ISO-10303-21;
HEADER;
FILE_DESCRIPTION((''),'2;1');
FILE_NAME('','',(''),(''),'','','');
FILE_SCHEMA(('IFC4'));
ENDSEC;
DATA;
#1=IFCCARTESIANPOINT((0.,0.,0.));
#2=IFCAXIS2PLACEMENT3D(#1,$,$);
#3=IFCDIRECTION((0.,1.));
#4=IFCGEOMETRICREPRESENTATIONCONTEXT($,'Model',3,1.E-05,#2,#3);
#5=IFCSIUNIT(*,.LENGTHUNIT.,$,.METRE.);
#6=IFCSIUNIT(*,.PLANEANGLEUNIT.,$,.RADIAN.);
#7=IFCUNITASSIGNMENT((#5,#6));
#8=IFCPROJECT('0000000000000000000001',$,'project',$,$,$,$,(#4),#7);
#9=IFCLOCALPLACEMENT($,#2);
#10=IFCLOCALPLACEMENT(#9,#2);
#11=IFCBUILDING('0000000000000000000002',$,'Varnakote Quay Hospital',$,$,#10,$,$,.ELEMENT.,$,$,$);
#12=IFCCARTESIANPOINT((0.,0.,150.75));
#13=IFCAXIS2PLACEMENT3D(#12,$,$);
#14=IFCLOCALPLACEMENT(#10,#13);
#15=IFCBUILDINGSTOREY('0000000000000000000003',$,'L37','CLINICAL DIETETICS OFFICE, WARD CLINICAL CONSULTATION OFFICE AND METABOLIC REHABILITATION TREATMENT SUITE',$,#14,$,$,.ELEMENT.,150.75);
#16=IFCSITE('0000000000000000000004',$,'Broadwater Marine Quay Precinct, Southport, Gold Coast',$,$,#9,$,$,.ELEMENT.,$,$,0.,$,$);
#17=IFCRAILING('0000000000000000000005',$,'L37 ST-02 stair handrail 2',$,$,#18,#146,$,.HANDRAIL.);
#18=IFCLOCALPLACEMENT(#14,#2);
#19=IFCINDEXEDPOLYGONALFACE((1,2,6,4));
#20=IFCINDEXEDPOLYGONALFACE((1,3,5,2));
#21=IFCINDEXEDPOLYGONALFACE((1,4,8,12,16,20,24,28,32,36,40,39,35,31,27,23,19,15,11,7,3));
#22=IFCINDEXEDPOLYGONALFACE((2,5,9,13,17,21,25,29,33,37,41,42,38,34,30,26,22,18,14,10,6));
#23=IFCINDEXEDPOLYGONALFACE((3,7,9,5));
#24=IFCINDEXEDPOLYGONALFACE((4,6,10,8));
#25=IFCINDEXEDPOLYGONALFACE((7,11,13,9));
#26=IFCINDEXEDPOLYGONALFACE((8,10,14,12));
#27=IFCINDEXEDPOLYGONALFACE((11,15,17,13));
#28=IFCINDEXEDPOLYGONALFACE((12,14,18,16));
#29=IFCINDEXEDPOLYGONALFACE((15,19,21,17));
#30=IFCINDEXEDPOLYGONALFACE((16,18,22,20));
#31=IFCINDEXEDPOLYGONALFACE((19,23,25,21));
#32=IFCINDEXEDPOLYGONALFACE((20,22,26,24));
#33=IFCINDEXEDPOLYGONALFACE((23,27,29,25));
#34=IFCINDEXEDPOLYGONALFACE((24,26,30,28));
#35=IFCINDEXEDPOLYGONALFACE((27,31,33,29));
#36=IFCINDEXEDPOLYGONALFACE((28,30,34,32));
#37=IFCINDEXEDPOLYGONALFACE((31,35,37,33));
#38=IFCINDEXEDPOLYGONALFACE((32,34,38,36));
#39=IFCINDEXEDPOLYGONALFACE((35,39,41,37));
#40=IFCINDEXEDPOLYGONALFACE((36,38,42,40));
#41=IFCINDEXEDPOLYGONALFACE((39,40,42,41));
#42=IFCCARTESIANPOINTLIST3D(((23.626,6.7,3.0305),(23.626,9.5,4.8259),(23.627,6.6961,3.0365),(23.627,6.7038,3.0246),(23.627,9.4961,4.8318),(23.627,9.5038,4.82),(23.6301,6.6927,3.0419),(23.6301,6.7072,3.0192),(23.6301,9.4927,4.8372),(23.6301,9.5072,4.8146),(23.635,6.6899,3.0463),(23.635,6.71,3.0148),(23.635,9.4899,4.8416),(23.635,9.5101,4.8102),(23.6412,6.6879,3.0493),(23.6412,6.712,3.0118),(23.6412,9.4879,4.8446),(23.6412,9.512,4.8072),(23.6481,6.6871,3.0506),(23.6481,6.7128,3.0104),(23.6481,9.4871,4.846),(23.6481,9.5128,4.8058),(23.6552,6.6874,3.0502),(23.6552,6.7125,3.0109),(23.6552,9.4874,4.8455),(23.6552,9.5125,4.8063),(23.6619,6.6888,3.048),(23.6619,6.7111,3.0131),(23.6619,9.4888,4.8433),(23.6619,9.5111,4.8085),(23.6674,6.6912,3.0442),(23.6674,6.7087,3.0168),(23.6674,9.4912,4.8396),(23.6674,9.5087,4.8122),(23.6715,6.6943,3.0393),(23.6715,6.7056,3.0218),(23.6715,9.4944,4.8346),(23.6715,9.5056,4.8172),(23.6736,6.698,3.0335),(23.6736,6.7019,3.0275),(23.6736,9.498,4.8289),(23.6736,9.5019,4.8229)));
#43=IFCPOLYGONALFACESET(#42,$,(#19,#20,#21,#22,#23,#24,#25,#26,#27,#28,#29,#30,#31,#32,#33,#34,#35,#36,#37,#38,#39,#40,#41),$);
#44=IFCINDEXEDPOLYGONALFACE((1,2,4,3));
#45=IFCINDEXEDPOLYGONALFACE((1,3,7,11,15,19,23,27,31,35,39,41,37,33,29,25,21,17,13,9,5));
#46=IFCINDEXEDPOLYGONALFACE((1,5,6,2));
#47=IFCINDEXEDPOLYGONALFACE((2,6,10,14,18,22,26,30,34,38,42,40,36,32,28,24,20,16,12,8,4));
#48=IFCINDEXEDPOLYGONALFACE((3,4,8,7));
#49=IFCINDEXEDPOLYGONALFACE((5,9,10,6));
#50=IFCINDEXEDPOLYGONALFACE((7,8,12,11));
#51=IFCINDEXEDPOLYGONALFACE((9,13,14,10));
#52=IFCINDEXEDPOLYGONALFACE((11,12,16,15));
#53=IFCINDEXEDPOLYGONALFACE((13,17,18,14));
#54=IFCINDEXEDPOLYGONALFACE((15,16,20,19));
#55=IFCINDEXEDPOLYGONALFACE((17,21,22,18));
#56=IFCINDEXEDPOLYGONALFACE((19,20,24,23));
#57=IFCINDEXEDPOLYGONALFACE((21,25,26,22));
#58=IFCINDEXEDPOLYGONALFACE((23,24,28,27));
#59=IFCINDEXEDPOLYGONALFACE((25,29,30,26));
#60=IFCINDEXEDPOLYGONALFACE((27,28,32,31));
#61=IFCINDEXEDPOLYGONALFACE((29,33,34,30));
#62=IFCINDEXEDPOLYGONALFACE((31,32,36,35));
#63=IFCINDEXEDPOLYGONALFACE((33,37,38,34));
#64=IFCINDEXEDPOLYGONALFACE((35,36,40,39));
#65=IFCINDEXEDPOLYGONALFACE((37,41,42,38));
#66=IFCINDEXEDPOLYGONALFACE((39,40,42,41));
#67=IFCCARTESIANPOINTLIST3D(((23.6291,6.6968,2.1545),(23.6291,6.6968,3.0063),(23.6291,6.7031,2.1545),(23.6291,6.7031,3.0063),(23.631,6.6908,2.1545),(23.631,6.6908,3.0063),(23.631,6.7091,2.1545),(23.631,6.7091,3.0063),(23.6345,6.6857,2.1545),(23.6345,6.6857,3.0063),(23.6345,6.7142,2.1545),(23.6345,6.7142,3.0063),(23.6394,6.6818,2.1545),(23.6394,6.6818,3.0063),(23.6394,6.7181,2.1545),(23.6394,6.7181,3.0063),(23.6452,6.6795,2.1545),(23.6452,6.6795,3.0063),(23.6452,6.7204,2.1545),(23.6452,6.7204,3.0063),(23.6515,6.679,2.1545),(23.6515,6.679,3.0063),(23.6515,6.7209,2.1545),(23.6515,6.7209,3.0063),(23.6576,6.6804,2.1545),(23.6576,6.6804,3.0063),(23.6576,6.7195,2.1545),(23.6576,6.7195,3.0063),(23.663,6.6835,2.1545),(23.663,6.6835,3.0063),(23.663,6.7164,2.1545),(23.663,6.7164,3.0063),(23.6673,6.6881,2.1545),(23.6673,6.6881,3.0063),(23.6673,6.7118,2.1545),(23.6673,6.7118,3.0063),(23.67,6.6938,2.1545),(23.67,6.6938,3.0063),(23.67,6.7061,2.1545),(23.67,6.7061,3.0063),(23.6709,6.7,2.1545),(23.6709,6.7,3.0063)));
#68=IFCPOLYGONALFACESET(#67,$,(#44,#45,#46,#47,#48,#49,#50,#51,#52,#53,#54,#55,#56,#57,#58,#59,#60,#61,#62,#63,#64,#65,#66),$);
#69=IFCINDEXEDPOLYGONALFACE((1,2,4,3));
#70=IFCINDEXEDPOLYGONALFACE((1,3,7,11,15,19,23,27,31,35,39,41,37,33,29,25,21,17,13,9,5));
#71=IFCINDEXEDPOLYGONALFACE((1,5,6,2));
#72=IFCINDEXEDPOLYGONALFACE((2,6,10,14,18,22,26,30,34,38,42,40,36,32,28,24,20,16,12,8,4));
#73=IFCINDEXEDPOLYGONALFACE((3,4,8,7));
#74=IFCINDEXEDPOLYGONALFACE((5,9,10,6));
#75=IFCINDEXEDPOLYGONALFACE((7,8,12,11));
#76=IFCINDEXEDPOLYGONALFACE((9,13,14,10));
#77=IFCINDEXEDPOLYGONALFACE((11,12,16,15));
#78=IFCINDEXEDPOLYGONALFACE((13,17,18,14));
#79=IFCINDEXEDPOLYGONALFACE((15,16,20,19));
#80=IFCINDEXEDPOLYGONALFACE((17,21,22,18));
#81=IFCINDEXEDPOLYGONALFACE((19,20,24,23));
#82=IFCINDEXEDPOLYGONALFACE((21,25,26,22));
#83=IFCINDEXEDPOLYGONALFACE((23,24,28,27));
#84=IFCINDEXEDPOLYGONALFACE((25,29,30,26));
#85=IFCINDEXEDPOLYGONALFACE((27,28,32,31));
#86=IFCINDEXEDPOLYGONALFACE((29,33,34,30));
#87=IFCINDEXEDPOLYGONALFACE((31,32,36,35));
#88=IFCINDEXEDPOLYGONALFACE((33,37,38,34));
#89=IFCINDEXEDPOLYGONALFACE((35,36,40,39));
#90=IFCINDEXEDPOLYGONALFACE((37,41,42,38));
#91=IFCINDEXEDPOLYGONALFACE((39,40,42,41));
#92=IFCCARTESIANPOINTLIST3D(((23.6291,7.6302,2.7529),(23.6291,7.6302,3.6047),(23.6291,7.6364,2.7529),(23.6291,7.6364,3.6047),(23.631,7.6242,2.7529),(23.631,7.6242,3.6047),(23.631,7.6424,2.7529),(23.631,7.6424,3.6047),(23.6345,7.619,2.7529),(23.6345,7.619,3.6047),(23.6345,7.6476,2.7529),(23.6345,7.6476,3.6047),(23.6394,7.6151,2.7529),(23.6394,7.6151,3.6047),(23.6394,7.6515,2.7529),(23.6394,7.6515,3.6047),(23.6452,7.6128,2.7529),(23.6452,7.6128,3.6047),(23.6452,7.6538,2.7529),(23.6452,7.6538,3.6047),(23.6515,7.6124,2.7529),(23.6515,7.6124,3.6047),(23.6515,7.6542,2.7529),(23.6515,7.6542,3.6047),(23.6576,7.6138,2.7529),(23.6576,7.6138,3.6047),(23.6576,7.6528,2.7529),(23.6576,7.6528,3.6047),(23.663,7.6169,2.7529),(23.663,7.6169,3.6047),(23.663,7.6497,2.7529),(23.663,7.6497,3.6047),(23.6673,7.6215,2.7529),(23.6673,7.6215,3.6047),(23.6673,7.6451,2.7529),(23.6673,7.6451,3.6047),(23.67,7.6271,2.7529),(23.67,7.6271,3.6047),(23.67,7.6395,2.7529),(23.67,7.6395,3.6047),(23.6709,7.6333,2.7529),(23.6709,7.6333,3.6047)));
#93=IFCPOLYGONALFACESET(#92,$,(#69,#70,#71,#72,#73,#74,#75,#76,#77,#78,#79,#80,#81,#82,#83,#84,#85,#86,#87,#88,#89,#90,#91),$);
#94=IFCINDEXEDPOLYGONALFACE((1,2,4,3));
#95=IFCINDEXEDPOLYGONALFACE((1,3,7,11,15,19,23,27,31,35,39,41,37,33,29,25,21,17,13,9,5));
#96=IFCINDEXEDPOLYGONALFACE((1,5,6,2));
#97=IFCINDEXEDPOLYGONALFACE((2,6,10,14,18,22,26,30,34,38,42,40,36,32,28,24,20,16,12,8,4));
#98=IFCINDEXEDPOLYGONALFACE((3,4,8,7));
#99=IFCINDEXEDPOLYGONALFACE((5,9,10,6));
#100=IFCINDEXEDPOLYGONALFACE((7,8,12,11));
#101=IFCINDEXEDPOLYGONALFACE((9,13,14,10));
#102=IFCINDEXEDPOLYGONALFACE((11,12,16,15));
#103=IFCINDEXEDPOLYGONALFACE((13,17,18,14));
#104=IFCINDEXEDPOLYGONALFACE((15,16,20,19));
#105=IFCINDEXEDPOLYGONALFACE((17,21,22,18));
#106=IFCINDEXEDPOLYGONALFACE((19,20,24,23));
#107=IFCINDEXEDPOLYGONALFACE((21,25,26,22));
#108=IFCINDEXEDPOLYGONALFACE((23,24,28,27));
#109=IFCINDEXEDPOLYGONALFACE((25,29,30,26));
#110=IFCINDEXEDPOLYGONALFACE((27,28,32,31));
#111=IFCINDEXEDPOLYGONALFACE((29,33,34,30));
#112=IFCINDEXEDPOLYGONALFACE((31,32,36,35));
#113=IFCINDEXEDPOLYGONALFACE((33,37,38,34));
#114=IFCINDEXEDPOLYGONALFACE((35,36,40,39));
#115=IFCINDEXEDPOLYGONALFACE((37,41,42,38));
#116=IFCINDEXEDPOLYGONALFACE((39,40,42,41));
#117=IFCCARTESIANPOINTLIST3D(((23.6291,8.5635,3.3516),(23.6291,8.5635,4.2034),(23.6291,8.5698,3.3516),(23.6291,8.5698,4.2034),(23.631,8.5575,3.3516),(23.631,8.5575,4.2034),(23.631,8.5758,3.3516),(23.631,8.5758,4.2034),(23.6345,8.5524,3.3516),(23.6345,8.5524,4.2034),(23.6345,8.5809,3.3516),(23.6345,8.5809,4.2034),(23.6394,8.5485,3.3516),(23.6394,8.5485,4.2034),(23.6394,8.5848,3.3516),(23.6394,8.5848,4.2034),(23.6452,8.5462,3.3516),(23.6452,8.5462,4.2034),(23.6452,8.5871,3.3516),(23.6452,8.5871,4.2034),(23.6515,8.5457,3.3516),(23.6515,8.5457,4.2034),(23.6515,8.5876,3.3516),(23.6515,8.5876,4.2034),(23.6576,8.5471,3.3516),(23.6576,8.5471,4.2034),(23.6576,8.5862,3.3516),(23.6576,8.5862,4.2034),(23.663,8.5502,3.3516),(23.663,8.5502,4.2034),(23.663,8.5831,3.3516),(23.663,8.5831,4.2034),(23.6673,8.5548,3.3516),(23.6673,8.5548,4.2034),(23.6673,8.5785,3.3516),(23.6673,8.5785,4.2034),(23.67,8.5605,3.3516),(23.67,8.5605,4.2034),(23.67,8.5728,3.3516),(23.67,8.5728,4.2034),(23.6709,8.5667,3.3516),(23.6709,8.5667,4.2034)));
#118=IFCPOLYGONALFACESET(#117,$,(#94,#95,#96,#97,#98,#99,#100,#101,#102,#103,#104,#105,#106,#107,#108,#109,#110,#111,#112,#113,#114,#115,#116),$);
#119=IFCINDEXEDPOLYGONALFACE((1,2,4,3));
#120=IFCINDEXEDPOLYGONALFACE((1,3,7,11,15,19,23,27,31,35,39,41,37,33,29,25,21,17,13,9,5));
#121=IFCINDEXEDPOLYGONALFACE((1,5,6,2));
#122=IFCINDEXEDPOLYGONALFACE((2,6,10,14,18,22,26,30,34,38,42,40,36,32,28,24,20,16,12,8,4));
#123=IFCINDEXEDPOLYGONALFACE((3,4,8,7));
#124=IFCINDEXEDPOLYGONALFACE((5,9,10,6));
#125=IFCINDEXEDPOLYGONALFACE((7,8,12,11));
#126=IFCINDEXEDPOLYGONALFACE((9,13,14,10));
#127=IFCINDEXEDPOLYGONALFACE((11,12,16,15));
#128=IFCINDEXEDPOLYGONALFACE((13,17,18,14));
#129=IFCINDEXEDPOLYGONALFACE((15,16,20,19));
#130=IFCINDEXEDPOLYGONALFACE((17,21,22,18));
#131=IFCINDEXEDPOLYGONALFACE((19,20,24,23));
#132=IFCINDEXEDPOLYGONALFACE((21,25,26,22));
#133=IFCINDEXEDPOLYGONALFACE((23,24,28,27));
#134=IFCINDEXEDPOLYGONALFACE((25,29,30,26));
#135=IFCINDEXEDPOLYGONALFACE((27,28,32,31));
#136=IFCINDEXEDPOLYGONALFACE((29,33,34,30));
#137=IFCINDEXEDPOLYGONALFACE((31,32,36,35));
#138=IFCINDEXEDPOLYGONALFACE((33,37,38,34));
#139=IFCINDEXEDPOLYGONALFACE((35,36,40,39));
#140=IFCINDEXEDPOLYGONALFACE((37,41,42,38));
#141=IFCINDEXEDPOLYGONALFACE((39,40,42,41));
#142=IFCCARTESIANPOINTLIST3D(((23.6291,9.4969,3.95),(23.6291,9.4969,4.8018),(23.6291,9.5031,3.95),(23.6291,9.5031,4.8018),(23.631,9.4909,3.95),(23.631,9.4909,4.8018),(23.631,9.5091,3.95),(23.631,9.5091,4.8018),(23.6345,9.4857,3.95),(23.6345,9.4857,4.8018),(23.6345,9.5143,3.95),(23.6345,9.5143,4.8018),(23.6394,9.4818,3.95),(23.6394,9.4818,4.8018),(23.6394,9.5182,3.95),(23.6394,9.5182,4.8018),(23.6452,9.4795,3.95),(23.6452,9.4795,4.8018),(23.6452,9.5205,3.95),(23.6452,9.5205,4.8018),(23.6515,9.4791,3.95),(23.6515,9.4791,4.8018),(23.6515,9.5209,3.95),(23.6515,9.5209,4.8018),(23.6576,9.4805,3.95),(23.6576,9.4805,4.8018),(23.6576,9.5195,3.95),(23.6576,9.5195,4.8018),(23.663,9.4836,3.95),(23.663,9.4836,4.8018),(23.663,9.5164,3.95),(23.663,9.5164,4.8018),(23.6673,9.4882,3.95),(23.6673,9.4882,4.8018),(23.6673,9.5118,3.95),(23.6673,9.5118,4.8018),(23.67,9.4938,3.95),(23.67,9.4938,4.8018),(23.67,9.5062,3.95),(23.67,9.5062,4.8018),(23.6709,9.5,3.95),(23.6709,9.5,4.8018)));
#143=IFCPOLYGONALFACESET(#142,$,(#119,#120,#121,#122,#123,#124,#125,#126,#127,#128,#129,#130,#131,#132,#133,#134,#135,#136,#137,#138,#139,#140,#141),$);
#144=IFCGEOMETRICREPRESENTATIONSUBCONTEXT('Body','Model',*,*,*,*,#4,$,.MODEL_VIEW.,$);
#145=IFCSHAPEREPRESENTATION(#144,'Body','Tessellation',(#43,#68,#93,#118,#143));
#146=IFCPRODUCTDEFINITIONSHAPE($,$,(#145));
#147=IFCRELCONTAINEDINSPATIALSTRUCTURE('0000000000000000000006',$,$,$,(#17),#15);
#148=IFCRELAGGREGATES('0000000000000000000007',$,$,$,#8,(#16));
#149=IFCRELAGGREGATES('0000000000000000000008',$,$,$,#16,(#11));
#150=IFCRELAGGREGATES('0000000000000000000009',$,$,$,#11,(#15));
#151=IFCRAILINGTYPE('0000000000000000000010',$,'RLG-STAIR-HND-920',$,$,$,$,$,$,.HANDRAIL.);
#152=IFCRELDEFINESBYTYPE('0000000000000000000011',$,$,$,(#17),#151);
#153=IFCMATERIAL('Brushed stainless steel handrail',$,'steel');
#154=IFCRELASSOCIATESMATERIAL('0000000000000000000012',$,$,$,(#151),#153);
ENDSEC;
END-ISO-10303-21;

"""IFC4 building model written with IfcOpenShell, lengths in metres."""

from ifc_helpers import new_model, si_unit, direction, frame, origin, origin_2d, place, context, subcontext, project, spatial, circle, extrude, material, type_object, element, save


model = new_model("IFC4")

# Units and contexts
model_context = context("Model", 3, precision=1e-05, world=origin(), true_north=direction((0.0, 1.0)))
body_context = subcontext(model_context, "Body", "Model", "MODEL_VIEW")
ifc_project = project(units=[si_unit("LENGTHUNIT", "METRE"), si_unit("PLANEANGLEUNIT", "RADIAN")], contexts=[model_context])

# Site, building, storey
site_placement = place(None, origin())
site = spatial("IfcSite", under=ifc_project, at=site_placement, Name="Broadwater Marine Quay Precinct, Southport, Gold Coast", CompositionType="ELEMENT", RefElevation=0.0)
building_placement = place(site_placement, origin())
building = spatial("IfcBuilding", under=site, at=building_placement, Name="Varnakote Quay Hospital", CompositionType="ELEMENT")
storey_placement = place(building_placement, frame((0.0, 0.0, 150.75)))
storey = spatial("IfcBuildingStorey", under=building, at=storey_placement, Name="L37", Description="CLINICAL DIETETICS OFFICE, WARD CLINICAL CONSULTATION OFFICE AND METABOLIC REHABILITATION TREATMENT SUITE", CompositionType="ELEMENT", Elevation=150.75)

# Railing
ifc_material_1 = material(Name="Brushed stainless steel handrail", Category="steel")
railing_type_1 = type_object("IfcRailingType", Name="RLG-STAIR-HND-920", PredefinedType="HANDRAIL", material=ifc_material_1)
railing_1_placement = place(storey_placement, frame((23.6499, 6.7, 2.1545)))
element("IfcRailing", 1, at=railing_1_placement, inside=storey, type_object=railing_type_1, Name="L37 ST-02 stair handrail 2", PredefinedType="HANDRAIL", context=body_context, shape_type="SweptSolid", body=[
    extrude(circle(Radius=0.0239, at=origin_2d()), frame((0.0, 0.0, 0.876), z_axis=(0.0, 0.84181, 0.539774), x_axis=(-1.0, 0.0, 0.0)), (0.0, 0.0, 1.0), 3.3262),
    extrude(circle(Radius=0.021, at=origin_2d()), origin(), (0.0, 0.0, 1.0), 0.8518),
    extrude(circle(Radius=0.021, at=origin_2d()), frame((0.0, 0.9333, 0.5984)), (0.0, 0.0, 1.0), 0.8518),
    extrude(circle(Radius=0.021, at=origin_2d()), frame((0.0, 1.8667, 1.197)), (0.0, 0.0, 1.0), 0.8518),
    extrude(circle(Radius=0.021, at=origin_2d()), frame((0.0, 2.8, 1.7954)), (0.0, 0.0, 1.0), 0.8518),
])

save(model, "model.ifc")
